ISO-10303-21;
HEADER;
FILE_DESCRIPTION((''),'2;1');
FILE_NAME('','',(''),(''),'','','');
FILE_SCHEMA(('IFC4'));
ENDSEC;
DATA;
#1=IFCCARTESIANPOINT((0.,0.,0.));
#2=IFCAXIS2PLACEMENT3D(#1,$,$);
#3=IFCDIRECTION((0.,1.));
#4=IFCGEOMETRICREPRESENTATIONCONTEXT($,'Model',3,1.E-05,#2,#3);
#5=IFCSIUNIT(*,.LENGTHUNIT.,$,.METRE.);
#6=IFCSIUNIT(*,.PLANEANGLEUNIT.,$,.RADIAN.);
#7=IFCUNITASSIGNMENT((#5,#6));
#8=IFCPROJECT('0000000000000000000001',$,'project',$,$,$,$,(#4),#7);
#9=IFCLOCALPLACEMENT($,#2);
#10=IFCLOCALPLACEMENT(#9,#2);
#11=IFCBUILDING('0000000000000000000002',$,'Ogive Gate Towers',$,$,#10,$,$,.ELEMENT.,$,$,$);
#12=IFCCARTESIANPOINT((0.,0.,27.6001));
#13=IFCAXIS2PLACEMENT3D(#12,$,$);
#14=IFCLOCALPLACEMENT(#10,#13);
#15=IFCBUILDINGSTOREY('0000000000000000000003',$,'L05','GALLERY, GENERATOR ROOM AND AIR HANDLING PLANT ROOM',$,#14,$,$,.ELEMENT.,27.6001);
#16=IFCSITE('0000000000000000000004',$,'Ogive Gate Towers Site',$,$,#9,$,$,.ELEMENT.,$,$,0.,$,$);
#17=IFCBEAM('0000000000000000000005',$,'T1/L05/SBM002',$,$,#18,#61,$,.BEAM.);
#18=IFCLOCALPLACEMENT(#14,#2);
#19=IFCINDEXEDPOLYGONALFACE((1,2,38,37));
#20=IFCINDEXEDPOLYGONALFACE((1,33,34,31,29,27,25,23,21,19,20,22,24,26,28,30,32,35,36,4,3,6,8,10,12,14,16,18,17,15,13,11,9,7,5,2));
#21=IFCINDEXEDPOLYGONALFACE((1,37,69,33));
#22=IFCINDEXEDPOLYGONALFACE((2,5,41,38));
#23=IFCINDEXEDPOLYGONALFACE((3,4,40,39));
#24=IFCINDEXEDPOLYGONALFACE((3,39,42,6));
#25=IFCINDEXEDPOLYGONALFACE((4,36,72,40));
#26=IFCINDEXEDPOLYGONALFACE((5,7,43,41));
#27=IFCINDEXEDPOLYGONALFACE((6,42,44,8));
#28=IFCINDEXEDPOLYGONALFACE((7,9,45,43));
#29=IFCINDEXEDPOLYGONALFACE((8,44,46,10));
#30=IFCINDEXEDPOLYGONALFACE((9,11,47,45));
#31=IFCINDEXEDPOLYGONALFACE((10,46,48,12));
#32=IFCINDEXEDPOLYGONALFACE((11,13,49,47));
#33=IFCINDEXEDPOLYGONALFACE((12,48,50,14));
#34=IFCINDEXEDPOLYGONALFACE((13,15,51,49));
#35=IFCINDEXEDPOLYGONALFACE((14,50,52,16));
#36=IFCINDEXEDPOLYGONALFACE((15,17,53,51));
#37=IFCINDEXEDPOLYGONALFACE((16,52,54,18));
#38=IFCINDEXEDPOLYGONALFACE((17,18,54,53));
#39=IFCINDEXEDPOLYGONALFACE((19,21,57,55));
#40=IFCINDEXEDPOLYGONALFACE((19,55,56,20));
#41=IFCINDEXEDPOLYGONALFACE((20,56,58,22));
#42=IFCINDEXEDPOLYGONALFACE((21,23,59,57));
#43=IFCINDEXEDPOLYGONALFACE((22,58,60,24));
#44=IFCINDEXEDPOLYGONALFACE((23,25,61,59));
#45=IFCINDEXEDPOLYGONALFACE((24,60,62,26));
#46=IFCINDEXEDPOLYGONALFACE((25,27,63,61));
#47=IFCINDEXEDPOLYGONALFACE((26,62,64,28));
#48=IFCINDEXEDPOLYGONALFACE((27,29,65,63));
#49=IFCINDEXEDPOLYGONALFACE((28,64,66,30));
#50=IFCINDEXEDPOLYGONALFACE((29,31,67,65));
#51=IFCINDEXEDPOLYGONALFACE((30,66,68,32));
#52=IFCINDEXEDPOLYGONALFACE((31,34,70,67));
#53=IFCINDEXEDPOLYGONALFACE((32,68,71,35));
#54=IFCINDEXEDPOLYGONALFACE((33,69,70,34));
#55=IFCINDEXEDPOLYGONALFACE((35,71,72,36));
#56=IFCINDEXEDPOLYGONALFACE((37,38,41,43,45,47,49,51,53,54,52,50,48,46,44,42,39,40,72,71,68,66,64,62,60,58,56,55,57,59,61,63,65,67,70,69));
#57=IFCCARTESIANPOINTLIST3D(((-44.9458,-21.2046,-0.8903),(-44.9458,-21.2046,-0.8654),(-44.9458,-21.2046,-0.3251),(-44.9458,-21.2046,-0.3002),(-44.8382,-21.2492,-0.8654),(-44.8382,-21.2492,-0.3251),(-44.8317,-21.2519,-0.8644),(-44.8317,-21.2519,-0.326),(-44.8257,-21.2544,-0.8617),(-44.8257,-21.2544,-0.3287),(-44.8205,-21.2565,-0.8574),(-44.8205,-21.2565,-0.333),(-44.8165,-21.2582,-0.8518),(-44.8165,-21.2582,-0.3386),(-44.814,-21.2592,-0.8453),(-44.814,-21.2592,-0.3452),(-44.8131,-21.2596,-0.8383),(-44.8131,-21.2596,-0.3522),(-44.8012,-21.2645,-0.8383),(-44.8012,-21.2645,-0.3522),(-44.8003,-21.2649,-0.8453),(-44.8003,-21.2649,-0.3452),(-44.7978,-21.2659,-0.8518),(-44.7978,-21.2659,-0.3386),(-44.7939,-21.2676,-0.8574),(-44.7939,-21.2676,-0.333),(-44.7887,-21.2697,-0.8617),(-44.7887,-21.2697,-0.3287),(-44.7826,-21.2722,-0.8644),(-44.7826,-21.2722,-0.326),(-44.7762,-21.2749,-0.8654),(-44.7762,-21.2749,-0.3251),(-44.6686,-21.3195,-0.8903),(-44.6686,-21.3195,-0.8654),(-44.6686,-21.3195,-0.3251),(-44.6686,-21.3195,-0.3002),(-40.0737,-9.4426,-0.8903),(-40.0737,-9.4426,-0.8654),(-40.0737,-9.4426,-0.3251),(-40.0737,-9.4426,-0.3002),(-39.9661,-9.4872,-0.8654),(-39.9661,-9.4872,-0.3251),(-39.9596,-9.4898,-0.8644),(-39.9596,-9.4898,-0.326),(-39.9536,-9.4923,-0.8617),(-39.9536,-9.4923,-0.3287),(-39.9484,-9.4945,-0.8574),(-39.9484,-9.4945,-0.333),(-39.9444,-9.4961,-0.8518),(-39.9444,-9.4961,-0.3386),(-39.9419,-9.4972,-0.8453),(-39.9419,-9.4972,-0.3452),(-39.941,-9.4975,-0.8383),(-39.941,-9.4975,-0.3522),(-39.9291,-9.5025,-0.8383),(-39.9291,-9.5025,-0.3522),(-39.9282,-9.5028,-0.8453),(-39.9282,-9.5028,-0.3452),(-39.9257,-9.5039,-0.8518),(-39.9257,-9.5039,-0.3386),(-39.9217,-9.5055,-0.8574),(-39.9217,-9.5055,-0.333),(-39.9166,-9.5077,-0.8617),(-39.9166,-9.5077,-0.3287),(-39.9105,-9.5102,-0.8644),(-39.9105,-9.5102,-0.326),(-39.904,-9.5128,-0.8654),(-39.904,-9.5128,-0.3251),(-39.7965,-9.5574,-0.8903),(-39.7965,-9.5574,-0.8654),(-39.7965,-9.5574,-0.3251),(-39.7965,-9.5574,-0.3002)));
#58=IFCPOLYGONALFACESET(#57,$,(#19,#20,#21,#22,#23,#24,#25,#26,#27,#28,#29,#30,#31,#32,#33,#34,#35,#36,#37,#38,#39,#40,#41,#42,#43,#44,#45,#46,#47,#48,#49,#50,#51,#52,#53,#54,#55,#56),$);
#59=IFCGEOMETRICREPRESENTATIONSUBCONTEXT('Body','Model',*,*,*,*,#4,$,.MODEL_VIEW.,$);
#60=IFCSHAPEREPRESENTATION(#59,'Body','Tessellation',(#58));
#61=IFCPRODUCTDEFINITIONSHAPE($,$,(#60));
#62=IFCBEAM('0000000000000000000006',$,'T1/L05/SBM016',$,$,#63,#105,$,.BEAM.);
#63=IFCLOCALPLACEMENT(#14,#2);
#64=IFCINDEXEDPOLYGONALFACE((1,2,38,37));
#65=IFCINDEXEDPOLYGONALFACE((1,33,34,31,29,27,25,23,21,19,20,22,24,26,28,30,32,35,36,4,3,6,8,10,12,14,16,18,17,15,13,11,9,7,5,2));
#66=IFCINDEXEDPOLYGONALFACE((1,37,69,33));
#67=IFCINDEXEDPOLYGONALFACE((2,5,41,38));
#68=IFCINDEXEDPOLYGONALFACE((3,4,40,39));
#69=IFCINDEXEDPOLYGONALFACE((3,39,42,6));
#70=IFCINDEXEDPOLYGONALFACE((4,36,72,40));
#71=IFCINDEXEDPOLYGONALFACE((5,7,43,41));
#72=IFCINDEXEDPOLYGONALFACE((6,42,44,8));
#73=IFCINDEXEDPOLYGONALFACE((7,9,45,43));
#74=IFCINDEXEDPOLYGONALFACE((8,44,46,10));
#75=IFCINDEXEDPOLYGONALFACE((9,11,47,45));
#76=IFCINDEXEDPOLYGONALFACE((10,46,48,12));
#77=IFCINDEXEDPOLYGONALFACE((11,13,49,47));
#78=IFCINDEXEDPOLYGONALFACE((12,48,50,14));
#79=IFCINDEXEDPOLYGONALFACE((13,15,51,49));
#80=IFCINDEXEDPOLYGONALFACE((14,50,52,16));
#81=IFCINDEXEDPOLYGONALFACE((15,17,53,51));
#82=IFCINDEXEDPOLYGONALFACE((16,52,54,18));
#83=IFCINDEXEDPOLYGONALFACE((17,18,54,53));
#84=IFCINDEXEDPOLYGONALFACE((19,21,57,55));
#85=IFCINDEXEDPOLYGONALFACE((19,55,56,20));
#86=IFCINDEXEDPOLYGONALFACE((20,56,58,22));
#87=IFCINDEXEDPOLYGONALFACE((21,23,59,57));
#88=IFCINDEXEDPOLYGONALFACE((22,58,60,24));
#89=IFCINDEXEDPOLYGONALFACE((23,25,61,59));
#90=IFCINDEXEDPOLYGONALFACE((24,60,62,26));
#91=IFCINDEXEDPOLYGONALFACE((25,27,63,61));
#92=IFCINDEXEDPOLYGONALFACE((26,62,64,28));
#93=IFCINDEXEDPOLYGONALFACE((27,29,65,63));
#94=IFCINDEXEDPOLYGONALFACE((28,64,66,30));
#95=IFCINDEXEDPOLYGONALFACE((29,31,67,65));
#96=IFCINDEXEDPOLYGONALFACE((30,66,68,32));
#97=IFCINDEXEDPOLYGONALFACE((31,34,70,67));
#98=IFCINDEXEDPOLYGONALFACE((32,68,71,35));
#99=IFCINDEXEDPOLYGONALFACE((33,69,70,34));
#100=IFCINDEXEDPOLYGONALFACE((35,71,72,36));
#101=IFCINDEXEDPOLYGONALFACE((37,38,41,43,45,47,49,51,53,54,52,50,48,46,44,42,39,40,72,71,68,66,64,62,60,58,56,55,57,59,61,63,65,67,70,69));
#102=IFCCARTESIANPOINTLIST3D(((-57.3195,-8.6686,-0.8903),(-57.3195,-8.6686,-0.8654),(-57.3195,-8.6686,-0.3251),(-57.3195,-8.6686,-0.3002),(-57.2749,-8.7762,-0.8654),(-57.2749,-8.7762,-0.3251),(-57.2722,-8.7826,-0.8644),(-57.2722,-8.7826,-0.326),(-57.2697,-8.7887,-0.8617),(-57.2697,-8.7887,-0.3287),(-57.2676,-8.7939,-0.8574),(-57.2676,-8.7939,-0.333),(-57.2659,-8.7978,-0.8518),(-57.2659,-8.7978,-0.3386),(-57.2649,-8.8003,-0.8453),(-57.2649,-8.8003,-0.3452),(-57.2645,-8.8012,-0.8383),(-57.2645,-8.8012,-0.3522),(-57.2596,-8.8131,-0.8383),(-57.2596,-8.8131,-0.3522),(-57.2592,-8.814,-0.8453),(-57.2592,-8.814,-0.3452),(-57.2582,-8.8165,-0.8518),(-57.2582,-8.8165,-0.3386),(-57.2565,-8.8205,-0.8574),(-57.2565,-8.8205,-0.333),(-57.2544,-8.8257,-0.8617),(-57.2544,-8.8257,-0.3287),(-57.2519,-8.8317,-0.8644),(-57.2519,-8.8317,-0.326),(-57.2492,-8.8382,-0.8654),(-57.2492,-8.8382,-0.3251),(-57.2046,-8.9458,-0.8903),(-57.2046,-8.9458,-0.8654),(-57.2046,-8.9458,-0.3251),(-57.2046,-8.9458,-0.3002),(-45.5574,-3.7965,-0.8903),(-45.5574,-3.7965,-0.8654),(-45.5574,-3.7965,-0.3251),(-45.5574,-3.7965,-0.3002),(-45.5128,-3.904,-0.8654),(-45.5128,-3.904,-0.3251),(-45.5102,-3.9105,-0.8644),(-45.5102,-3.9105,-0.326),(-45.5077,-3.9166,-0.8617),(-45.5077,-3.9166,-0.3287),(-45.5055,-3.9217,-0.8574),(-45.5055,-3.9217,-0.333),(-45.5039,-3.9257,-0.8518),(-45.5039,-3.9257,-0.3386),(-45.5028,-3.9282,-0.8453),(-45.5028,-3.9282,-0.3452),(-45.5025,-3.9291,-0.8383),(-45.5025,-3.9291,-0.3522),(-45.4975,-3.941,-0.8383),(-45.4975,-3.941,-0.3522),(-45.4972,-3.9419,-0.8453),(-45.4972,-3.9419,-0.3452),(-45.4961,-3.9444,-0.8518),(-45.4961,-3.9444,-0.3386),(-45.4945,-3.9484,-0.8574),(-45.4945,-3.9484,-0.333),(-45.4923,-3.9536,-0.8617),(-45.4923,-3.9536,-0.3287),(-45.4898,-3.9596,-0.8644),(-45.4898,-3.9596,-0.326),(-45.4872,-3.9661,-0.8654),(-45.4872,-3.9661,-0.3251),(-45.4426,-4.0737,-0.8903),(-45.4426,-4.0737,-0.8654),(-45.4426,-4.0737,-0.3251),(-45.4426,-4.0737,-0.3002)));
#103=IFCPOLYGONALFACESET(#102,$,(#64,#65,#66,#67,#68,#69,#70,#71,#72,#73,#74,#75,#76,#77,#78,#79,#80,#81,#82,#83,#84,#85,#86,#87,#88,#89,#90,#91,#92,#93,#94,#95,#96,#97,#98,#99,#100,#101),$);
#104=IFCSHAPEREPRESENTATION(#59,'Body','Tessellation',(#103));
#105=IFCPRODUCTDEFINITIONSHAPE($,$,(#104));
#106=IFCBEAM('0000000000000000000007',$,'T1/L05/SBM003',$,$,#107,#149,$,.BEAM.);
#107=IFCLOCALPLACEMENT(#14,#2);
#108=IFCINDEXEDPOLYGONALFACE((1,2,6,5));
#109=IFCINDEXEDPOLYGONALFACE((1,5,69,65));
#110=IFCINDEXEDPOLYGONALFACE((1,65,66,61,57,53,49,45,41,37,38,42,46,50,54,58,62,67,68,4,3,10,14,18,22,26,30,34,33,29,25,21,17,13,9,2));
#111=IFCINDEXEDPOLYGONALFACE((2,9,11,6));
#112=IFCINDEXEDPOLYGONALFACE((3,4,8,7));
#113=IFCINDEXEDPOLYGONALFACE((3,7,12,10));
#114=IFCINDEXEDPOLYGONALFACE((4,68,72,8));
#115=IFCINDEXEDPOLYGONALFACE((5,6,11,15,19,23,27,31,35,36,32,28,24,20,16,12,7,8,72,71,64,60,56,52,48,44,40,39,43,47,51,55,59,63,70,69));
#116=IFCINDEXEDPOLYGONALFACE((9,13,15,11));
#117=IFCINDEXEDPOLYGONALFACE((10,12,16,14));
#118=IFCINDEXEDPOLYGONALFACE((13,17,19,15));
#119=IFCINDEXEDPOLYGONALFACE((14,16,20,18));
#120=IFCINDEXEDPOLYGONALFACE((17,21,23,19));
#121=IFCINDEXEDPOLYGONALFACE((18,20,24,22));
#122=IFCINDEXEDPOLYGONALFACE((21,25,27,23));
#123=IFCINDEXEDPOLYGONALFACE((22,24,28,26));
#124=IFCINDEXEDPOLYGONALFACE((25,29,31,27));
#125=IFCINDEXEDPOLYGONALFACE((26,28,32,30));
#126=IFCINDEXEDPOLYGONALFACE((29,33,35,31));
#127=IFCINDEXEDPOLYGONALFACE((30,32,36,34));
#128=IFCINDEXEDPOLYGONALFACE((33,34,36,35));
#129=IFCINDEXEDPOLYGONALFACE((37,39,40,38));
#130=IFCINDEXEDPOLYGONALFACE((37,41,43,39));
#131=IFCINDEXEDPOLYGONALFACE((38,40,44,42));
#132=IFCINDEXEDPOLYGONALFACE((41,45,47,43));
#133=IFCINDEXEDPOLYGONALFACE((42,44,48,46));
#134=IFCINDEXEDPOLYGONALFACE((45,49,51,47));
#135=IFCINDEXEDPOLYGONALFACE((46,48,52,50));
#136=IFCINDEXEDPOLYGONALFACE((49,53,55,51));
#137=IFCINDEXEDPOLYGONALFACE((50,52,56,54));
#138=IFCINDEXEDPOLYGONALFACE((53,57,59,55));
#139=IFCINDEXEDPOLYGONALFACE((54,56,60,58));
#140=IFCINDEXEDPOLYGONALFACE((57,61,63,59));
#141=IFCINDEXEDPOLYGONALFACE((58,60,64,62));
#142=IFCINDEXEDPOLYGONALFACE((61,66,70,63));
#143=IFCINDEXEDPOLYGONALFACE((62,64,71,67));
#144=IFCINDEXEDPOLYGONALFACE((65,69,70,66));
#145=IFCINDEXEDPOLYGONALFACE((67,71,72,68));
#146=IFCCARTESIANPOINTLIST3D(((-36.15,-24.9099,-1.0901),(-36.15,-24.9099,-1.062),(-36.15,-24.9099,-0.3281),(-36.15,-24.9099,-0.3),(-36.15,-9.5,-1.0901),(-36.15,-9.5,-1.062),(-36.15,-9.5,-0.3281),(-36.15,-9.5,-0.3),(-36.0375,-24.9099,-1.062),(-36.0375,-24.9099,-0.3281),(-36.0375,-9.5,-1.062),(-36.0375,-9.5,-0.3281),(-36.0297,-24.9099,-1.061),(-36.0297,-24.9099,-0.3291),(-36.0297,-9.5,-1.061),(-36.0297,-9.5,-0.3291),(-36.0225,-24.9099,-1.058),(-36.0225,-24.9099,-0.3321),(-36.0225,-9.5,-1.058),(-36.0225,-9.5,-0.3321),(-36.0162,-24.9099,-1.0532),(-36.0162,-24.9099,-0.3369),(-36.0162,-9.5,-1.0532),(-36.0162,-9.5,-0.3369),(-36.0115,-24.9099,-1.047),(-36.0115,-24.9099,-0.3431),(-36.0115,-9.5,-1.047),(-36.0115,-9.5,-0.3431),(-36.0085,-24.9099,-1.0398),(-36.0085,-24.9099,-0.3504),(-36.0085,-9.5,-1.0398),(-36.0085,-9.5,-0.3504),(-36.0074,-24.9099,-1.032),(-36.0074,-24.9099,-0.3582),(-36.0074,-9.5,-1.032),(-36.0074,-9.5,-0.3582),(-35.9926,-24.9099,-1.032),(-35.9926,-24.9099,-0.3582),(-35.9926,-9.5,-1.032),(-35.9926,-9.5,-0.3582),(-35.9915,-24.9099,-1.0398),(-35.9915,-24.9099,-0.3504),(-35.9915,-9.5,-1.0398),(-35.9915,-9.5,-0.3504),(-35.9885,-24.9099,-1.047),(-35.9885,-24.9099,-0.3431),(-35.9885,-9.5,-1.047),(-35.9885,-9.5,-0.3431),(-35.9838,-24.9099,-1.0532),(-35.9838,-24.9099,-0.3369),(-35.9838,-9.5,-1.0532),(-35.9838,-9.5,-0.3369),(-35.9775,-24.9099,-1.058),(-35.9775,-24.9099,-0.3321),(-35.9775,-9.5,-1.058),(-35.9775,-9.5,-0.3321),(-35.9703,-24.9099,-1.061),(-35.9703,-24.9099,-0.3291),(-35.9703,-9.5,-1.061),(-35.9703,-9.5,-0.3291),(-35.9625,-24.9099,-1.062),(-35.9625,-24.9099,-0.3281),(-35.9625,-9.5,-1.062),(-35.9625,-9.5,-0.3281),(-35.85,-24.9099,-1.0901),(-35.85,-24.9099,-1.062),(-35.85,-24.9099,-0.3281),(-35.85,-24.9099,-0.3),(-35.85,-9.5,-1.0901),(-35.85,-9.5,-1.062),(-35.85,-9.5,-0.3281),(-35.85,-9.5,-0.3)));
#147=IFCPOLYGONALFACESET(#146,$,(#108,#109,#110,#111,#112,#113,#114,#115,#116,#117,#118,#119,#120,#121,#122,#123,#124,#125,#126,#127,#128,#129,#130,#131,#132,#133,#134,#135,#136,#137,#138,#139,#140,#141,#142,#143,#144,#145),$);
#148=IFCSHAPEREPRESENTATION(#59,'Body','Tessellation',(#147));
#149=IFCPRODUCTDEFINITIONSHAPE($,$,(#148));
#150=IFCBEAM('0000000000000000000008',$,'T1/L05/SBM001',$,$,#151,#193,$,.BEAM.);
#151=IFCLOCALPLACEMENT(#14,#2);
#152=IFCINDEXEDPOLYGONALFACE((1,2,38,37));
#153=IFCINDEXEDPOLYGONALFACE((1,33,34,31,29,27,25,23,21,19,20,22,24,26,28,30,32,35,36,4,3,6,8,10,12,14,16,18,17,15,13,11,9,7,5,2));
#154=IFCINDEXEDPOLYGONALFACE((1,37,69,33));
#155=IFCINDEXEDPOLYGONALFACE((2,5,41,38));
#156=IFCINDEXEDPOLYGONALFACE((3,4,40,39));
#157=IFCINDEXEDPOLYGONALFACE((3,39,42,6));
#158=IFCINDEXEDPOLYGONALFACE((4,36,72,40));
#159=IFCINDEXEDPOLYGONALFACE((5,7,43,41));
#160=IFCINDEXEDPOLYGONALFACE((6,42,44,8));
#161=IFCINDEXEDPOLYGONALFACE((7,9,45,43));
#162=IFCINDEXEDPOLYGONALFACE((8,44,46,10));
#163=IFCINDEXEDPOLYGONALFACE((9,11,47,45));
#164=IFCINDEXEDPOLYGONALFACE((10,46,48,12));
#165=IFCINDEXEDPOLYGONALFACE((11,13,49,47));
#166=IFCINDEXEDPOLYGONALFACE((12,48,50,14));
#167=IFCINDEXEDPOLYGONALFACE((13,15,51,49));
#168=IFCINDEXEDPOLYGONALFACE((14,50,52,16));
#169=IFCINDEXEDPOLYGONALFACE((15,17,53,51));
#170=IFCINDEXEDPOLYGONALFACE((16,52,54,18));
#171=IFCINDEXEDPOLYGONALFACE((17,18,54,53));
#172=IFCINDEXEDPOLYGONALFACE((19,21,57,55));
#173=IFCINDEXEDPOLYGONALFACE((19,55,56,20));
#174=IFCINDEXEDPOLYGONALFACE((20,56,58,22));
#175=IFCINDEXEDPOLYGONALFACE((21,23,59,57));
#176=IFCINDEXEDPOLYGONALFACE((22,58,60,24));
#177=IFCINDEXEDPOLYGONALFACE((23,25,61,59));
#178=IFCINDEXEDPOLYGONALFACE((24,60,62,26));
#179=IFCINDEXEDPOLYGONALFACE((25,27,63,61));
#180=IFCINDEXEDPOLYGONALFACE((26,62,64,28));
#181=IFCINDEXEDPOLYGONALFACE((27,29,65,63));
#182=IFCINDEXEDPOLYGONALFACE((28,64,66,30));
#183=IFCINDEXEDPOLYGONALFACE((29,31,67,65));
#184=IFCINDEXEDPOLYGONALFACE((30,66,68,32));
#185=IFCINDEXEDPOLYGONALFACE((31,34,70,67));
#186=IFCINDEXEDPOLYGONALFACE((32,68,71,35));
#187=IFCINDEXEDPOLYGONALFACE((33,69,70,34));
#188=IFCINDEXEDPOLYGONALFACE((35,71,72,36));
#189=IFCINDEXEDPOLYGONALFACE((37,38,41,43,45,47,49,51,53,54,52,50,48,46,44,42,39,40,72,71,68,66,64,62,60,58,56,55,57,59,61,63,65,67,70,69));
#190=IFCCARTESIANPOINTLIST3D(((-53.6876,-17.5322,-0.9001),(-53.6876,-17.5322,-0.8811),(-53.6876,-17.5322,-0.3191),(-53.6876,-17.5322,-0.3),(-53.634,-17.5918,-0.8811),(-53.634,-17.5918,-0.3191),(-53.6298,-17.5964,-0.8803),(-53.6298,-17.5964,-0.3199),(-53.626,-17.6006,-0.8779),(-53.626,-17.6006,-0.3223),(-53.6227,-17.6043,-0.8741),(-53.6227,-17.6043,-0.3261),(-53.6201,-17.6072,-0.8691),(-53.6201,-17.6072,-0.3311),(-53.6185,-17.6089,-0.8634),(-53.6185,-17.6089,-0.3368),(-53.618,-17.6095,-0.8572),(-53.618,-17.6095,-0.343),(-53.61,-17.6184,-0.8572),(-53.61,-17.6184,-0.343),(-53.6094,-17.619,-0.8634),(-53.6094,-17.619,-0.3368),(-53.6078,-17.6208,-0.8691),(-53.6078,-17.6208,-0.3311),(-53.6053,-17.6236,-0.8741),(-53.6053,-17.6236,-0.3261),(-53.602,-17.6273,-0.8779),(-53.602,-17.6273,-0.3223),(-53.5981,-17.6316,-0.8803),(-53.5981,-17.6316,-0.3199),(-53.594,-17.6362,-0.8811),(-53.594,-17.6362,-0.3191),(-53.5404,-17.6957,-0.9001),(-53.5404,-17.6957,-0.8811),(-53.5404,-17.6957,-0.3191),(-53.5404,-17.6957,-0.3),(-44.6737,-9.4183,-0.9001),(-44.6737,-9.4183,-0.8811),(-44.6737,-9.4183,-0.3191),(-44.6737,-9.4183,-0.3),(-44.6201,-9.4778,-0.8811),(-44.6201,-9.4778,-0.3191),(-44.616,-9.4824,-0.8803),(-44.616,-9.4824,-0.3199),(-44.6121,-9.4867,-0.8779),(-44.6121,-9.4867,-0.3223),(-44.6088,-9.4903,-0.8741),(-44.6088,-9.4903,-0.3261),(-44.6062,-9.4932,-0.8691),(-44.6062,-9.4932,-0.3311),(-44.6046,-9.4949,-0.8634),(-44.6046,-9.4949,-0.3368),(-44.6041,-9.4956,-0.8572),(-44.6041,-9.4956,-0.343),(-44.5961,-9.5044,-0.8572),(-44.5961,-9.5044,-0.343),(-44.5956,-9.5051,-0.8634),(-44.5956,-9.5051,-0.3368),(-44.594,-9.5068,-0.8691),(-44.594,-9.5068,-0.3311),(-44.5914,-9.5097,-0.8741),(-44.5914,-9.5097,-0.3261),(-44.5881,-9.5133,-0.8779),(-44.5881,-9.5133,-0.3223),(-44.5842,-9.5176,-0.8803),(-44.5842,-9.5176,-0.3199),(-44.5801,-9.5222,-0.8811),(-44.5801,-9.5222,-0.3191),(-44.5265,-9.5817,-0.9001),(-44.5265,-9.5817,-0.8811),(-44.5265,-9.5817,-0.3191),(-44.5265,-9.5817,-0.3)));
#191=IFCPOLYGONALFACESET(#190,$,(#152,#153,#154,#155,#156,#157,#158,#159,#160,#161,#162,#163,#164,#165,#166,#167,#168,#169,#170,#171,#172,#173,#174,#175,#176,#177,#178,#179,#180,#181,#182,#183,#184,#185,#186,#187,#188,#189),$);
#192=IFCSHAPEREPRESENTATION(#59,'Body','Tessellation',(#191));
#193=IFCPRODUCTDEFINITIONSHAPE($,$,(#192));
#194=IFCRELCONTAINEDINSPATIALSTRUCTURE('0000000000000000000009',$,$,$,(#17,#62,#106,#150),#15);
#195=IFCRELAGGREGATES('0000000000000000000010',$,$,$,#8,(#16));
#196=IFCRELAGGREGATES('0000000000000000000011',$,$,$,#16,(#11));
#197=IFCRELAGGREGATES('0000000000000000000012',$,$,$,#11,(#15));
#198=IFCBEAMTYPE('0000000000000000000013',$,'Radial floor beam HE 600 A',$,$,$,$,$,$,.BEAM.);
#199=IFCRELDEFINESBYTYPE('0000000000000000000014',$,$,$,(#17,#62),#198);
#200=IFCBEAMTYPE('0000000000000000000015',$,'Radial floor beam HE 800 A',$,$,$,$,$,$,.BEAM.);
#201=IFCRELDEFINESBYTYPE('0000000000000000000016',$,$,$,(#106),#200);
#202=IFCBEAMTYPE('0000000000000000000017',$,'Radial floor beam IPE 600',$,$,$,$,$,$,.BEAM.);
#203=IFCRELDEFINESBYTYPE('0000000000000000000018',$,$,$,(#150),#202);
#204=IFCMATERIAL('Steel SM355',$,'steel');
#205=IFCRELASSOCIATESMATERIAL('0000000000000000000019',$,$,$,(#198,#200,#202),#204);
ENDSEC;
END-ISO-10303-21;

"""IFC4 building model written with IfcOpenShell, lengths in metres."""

from ifc_helpers import new_model, si_unit, direction, frame, origin, origin_2d, place, context, subcontext, project, spatial, i_section, extrude, material, material_profile, profile_set, type_object, element, save


model = new_model("IFC4")

# Units and contexts
model_context = context("Model", 3, precision=1e-05, world=origin(), true_north=direction((0.0, 1.0)))
body_context = subcontext(model_context, "Body", "Model", "MODEL_VIEW")
ifc_project = project(units=[si_unit("LENGTHUNIT", "METRE"), si_unit("PLANEANGLEUNIT", "RADIAN")], contexts=[model_context])

# Site, building, storey
site_placement = place(None, origin())
site = spatial("IfcSite", under=ifc_project, at=site_placement, Name="Ogive Gate Towers Site", CompositionType="ELEMENT", RefElevation=0.0)
building_placement = place(site_placement, origin())
building = spatial("IfcBuilding", under=site, at=building_placement, Name="Ogive Gate Towers", CompositionType="ELEMENT")
storey_placement = place(building_placement, frame((0.0, 0.0, 27.6001)))
storey = spatial("IfcBuildingStorey", under=building, at=storey_placement, Name="L05", Description="GALLERY, GENERATOR ROOM AND AIR HANDLING PLANT ROOM", CompositionType="ELEMENT", Elevation=27.6001)

# Beams
ifc_material_1 = material(Name="Steel SM355", Category="steel")
ifc_material_profile_1 = material_profile(ifc_material_1, i_section(OverallWidth=0.3, OverallDepth=0.5901, WebThickness=0.0129, FlangeThickness=0.0249, FilletRadius=0.0271, at=origin_2d()), Name="HE 600 A")
ifc_profile_set_1 = profile_set([ifc_material_profile_1], Name="Steel SM355")
beam_type_1 = type_object("IfcBeamType", Name="Radial floor beam HE 600 A", PredefinedType="BEAM", material=ifc_profile_set_1)
for number, where, z_axis, x_axis, name in (
    (1, (-39.9351, -9.5, -0.5952), (-0.382691, -0.923877, 0.0), (0.923877, -0.382691, 0.0), "T1/L05/SBM002"),
    (2, (-45.5, -3.9351, -0.5952), (-0.923877, -0.382691, 0.0), (0.382691, -0.923877, 0.0), "T1/L05/SBM016"),
):
    element("IfcBeam", number, at=place(storey_placement, frame(where, z_axis=z_axis, x_axis=x_axis)), inside=storey, type_object=beam_type_1, Name=name, PredefinedType="BEAM", context=body_context, shape_type="SweptSolid", body=[
        extrude(i_section(OverallWidth=0.3, OverallDepth=0.5901, WebThickness=0.0129, FlangeThickness=0.0249, FilletRadius=0.0271, at=origin_2d()), origin(), (0.0, 0.0, 1.0), 12.7312),
    ])
ifc_material_profile_2 = material_profile(ifc_material_1, i_section(OverallWidth=0.3, OverallDepth=0.79, WebThickness=0.0149, FlangeThickness=0.0281, FilletRadius=0.03, at=origin_2d()), Name="HE 800 A")
ifc_profile_set_2 = profile_set([ifc_material_profile_2], Name="Steel SM355")
beam_type_2 = type_object("IfcBeamType", Name="Radial floor beam HE 800 A", PredefinedType="BEAM", material=ifc_profile_set_2)
beam_1_placement = place(storey_placement, frame((-36.0, -9.5, -0.6951), z_axis=(0.0, -1.0, 0.0), x_axis=(1.0, 0.0, 0.0)))
element("IfcBeam", 3, at=beam_1_placement, inside=storey, type_object=beam_type_2, Name="T1/L05/SBM003", PredefinedType="BEAM", context=body_context, shape_type="SweptSolid", body=[
    extrude(i_section(OverallWidth=0.3, OverallDepth=0.79, WebThickness=0.0149, FlangeThickness=0.0281, FilletRadius=0.03, at=origin_2d()), origin(), (0.0, 0.0, 1.0), 15.4099),
])
ifc_material_profile_3 = material_profile(ifc_material_1, i_section(OverallWidth=0.22, OverallDepth=0.6001, WebThickness=0.012, FlangeThickness=0.019, FilletRadius=0.0239, at=origin_2d()), Name="IPE 600")
ifc_profile_set_3 = profile_set([ifc_material_profile_3], Name="Steel SM355")
beam_type_3 = type_object("IfcBeamType", Name="Radial floor beam IPE 600", PredefinedType="BEAM", material=ifc_profile_set_3)
beam_2_placement = place(storey_placement, frame((-44.6001, -9.5, -0.6001), z_axis=(-0.743233, -0.669033, 0.0), x_axis=(0.669033, -0.743233, 0.0)))
element("IfcBeam", 4, at=beam_2_placement, inside=storey, type_object=beam_type_3, Name="T1/L05/SBM001", PredefinedType="BEAM", context=body_context, shape_type="SweptSolid", body=[
    extrude(i_section(OverallWidth=0.22, OverallDepth=0.6001, WebThickness=0.012, FlangeThickness=0.019, FilletRadius=0.0239, at=origin_2d()), origin(), (0.0, 0.0, 1.0), 12.1279),
])

save(model, "model.ifc")
